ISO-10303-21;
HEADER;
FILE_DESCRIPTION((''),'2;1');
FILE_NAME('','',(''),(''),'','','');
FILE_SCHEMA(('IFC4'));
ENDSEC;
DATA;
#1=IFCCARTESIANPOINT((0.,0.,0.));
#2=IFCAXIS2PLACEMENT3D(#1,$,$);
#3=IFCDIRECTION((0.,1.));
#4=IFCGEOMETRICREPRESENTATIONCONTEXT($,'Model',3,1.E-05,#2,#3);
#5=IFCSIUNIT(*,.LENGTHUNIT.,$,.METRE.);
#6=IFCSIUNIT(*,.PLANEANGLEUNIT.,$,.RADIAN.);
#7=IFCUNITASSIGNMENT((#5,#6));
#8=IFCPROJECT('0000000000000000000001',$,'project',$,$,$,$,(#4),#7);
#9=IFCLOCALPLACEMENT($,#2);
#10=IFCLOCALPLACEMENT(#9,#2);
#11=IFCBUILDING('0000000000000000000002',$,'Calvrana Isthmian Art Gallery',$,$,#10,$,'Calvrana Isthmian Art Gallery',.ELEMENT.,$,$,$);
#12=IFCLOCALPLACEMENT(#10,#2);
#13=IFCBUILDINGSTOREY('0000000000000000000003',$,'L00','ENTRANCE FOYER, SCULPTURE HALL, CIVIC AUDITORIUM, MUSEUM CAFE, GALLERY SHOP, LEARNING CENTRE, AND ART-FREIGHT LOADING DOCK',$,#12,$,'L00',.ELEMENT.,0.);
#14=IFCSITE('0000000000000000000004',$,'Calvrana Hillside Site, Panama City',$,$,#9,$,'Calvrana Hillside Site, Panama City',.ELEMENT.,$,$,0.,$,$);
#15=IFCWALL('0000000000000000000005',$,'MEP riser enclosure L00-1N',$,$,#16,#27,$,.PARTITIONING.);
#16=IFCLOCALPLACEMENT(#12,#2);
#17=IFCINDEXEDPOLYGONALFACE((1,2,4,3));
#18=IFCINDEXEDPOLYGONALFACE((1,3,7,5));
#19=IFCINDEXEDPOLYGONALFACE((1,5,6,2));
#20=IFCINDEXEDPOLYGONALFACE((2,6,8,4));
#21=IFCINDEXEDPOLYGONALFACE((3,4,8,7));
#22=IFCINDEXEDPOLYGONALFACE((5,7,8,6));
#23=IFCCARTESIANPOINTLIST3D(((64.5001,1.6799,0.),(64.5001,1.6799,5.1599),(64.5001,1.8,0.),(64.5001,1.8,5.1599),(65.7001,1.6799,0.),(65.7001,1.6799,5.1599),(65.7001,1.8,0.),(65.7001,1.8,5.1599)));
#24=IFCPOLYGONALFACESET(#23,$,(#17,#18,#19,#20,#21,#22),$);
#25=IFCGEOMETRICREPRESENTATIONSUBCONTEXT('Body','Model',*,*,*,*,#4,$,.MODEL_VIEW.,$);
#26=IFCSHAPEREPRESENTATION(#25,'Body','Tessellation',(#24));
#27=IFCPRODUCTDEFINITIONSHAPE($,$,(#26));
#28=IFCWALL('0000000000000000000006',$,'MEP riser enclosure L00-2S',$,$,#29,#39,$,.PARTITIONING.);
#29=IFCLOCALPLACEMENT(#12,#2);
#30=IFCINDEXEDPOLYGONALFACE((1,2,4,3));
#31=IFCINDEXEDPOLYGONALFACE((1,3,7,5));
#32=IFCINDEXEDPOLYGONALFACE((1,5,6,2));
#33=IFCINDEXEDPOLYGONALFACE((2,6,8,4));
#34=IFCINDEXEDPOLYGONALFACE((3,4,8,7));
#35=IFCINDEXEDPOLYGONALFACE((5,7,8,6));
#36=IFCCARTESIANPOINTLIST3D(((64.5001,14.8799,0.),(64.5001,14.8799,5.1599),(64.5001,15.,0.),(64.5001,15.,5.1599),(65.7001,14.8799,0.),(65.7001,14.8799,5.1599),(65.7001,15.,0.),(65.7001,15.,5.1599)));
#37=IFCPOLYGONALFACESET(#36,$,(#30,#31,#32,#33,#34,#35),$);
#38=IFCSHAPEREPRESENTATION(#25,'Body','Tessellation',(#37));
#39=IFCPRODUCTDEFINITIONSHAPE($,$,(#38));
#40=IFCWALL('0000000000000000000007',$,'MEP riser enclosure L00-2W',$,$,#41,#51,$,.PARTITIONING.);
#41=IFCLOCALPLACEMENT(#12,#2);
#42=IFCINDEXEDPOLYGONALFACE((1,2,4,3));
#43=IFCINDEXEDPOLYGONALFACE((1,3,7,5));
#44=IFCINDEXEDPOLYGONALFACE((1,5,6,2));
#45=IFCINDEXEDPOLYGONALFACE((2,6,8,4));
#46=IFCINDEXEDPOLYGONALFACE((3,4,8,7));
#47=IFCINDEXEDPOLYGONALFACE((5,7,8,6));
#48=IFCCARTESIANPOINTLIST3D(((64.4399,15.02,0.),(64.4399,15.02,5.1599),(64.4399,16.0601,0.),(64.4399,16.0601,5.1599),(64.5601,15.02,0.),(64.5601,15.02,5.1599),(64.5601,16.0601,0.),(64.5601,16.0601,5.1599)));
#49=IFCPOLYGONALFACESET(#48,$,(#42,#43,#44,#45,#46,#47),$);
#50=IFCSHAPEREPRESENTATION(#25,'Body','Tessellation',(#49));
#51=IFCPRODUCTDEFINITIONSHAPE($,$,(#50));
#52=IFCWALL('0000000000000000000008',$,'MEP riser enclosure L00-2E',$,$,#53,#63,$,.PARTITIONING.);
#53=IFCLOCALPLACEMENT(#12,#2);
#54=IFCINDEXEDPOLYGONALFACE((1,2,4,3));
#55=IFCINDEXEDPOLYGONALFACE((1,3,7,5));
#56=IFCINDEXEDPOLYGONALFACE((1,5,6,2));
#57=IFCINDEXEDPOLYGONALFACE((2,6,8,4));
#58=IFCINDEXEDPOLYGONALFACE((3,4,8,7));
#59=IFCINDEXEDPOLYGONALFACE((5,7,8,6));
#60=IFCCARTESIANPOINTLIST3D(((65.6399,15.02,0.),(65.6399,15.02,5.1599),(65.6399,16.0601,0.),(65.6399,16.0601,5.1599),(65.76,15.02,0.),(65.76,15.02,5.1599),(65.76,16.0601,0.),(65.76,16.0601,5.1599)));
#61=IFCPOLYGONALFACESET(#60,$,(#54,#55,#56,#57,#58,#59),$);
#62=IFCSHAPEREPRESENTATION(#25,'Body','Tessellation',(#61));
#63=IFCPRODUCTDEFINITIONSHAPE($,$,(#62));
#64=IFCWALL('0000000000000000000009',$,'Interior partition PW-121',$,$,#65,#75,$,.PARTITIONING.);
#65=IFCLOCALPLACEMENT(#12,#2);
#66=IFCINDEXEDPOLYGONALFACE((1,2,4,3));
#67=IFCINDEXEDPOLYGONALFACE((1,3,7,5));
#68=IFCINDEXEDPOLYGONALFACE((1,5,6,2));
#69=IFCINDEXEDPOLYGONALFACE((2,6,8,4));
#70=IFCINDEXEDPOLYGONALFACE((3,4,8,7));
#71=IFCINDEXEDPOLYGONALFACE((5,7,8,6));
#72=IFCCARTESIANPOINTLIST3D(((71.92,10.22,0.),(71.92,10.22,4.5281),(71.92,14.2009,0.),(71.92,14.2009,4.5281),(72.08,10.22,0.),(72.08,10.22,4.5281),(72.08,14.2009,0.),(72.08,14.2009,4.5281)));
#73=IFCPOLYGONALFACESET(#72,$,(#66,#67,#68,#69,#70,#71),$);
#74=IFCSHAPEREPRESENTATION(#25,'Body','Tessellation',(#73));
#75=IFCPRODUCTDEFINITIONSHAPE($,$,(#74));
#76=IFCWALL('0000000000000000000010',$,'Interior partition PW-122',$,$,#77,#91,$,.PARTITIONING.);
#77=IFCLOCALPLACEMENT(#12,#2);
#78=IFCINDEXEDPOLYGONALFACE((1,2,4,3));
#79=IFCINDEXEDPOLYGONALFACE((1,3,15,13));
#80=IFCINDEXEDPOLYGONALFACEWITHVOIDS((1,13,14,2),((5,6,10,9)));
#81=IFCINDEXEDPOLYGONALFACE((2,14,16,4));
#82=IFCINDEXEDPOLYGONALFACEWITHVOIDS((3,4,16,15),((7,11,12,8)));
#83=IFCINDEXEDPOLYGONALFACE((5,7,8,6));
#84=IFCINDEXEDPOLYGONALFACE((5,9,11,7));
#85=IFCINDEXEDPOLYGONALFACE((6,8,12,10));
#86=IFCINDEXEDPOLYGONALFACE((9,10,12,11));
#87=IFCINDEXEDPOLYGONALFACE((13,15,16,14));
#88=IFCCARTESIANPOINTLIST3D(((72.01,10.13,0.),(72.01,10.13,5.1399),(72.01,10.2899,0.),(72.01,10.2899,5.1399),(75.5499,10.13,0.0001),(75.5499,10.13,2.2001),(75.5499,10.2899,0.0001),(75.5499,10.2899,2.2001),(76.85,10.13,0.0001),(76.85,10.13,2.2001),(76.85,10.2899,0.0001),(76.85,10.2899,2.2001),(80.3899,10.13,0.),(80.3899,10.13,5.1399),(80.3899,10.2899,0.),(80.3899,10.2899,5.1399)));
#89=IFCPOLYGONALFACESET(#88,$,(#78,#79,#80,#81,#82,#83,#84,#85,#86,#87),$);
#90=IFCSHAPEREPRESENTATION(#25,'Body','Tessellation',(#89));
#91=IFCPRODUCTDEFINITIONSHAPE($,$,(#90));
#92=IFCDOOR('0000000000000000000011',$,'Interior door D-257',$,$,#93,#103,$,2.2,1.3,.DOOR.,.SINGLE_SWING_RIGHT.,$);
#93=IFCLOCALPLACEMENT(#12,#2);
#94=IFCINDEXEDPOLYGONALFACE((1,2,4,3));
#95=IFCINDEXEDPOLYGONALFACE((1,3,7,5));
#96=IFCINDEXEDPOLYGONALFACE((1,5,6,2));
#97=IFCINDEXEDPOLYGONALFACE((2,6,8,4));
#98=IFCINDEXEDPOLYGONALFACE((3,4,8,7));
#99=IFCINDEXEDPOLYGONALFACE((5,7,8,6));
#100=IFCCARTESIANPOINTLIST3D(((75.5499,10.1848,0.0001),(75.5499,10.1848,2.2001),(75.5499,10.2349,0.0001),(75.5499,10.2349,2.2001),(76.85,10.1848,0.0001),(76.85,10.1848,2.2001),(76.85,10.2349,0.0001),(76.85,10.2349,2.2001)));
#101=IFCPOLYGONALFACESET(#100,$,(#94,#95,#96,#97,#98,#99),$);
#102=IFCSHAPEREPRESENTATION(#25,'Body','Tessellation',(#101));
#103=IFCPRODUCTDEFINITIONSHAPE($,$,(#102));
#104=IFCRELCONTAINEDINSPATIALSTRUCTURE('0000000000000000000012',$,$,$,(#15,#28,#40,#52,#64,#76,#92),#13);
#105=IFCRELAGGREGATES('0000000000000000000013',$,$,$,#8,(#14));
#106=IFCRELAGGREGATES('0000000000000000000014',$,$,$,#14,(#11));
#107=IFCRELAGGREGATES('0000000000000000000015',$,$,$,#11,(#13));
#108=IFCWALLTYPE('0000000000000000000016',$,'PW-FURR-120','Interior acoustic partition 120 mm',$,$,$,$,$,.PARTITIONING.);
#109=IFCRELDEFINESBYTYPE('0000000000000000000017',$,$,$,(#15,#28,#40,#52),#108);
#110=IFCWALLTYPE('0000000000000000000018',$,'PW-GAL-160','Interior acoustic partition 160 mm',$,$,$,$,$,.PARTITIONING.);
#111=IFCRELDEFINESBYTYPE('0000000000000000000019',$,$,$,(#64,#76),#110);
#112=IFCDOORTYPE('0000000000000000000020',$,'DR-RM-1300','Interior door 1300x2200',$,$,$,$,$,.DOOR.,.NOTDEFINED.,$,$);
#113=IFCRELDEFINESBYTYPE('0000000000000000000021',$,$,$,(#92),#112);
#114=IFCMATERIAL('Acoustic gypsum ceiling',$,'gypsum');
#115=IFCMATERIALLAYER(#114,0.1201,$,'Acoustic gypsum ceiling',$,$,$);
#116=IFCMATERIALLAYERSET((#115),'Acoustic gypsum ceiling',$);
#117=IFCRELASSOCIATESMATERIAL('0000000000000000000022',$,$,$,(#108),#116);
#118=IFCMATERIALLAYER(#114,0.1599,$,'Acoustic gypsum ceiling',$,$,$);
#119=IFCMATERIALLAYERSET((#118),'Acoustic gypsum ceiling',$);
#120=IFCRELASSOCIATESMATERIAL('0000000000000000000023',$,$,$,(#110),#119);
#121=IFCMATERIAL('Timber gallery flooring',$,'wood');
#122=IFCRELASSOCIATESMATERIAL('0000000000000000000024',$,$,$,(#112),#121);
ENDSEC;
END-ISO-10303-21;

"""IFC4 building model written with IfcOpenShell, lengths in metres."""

from ifc_helpers import new_model, si_unit, direction, frame, frame_2d, origin, place, context, subcontext, project, spatial, rectangle, extrude, material, layer, layer_set, type_object, element, fill, save


model = new_model("IFC4")

# Units and contexts
model_context = context("Model", 3, precision=1e-05, world=origin(), true_north=direction((0.0, 1.0)))
body_context = subcontext(model_context, "Body", "Model", "MODEL_VIEW")
ifc_project = project(units=[si_unit("LENGTHUNIT", "METRE"), si_unit("PLANEANGLEUNIT", "RADIAN")], contexts=[model_context])

# Site, building, storey
site_placement = place(None, origin())
site = spatial("IfcSite", under=ifc_project, at=site_placement, Name="Calvrana Hillside Site, Panama City", LongName="Calvrana Hillside Site, Panama City", CompositionType="ELEMENT", RefElevation=0.0)
building_placement = place(site_placement, origin())
building = spatial("IfcBuilding", under=site, at=building_placement, Name="Calvrana Isthmian Art Gallery", LongName="Calvrana Isthmian Art Gallery", CompositionType="ELEMENT")
storey_placement = place(building_placement, origin())
storey = spatial("IfcBuildingStorey", under=building, at=storey_placement, Name="L00", Description="ENTRANCE FOYER, SCULPTURE HALL, CIVIC AUDITORIUM, MUSEUM CAFE, GALLERY SHOP, LEARNING CENTRE, AND ART-FREIGHT LOADING DOCK", LongName="L00", CompositionType="ELEMENT", Elevation=0.0)

# Shared definitions
ifc_material_1 = material(Name="Acoustic gypsum ceiling", Category="gypsum")

# Walls
ifc_layer_1 = layer(ifc_material_1, 0.1201, Name="Acoustic gypsum ceiling")
ifc_layer_set_1 = layer_set([ifc_layer_1], Name="Acoustic gypsum ceiling")
wall_type_1 = type_object("IfcWallType", Name="PW-FURR-120", Description="Interior acoustic partition 120 mm", PredefinedType="PARTITIONING", material=ifc_layer_set_1)
for number, where, z_axis, x_axis, name in (
    (1, (64.5, 1.74, 0.0), (0.0, 0.0, 1.0), (1.0, 0.0, 0.0), "MEP riser enclosure L00-1N"),
    (2, (64.5, 14.9399, 0.0), (0.0, 0.0, 1.0), (1.0, 0.0, 0.0), "MEP riser enclosure L00-2S"),
):
    element("IfcWall", number, at=place(storey_placement, frame(where, z_axis=z_axis, x_axis=x_axis)), inside=storey, type_object=wall_type_1, Name=name, PredefinedType="PARTITIONING", context=body_context, shape_type="SweptSolid", body=[
        extrude(rectangle(XDim=1.2, YDim=0.1201, at=frame_2d((0.6001, 0.0))), origin(), (0.0, 0.0, 1.0), 5.1599),
    ])
for number, where, z_axis, x_axis, name in (
    (3, (64.5, 15.02, 0.0), (0.0, 0.0, 1.0), (0.0, 1.0, 0.0), "MEP riser enclosure L00-2W"),
    (4, (65.7, 15.02, 0.0), (0.0, 0.0, 1.0), (0.0, 1.0, 0.0), "MEP riser enclosure L00-2E"),
):
    element("IfcWall", number, at=place(storey_placement, frame(where, z_axis=z_axis, x_axis=x_axis)), inside=storey, type_object=wall_type_1, Name=name, PredefinedType="PARTITIONING", context=body_context, shape_type="SweptSolid", body=[
        extrude(rectangle(XDim=1.04, YDim=0.1201, at=frame_2d((0.52, 0.0))), origin(), (0.0, 0.0, 1.0), 5.1599),
    ])
ifc_layer_2 = layer(ifc_material_1, 0.1599, Name="Acoustic gypsum ceiling")
ifc_layer_set_2 = layer_set([ifc_layer_2], Name="Acoustic gypsum ceiling")
wall_type_2 = type_object("IfcWallType", Name="PW-GAL-160", Description="Interior acoustic partition 160 mm", PredefinedType="PARTITIONING", material=ifc_layer_set_2)
wall_1_placement = place(storey_placement, frame((72.0, 10.22, 0.0), z_axis=(0.0, 0.0, 1.0), x_axis=(0.0, 1.0, 0.0)))
element("IfcWall", 5, at=wall_1_placement, inside=storey, type_object=wall_type_2, Name="Interior partition PW-121", PredefinedType="PARTITIONING", context=body_context, shape_type="SweptSolid", body=[
    extrude(rectangle(XDim=3.981, YDim=0.1599, at=frame_2d((1.9905, 0.0))), origin(), (0.0, 0.0, 1.0), 4.5281),
])

# Wall, opening, door
wall_2_placement = place(storey_placement, frame((72.01, 10.21, 0.0), z_axis=(0.0, 0.0, 1.0), x_axis=(1.0, 0.0, 0.0)))
wall_2 = element("IfcWall", 6, at=wall_2_placement, inside=storey, type_object=wall_type_2, Name="Interior partition PW-122", PredefinedType="PARTITIONING", context=body_context, shape_type="SweptSolid", body=[
    extrude(rectangle(XDim=8.3799, YDim=0.1599, at=frame_2d((4.1899, 0.0))), origin(), (0.0, 0.0, 1.0), 5.1399),
])
opening_1_placement = place(wall_2_placement, frame((3.54, 0.0, 0.0)))
opening_1 = element("IfcOpeningElement", 7, at=opening_1_placement, cuts=wall_2, PredefinedType="OPENING", context=body_context, shape_type="SweptSolid", body=[
    extrude(rectangle(XDim=1.3, YDim=2.2, at=frame_2d((0.6499, 1.1001))), frame((0.0, 0.0903, 0.0), z_axis=(0.0, -1.0, 0.0), x_axis=(1.0, 0.0, 0.0)), (0.0, 0.0, 1.0), 0.1804),
])
ifc_material_2 = material(Name="Timber gallery flooring", Category="wood")
door_type_1 = type_object("IfcDoorType", Name="DR-RM-1300", Description="Interior door 1300x2200", OperationType="NOTDEFINED", PredefinedType="DOOR", material=ifc_material_2)
door_1_placement = place(opening_1_placement, origin())
door_1 = element("IfcDoor", 8, at=door_1_placement, inside=storey, type_object=door_type_1, Name="Interior door D-257", OperationType="SINGLE_SWING_RIGHT", OverallHeight=2.2, OverallWidth=1.3, PredefinedType="DOOR", context=body_context, shape_type="SweptSolid", body=[
    extrude(rectangle(XDim=1.3, YDim=2.2, at=frame_2d((0.6499, 1.1001))), frame((0.0, 0.0249, 0.0), z_axis=(0.0, -1.0, 0.0), x_axis=(1.0, 0.0, 0.0)), (0.0, 0.0, 1.0), 0.05),
])
fill(opening_1, door_1)

save(model, "model.ifc")
